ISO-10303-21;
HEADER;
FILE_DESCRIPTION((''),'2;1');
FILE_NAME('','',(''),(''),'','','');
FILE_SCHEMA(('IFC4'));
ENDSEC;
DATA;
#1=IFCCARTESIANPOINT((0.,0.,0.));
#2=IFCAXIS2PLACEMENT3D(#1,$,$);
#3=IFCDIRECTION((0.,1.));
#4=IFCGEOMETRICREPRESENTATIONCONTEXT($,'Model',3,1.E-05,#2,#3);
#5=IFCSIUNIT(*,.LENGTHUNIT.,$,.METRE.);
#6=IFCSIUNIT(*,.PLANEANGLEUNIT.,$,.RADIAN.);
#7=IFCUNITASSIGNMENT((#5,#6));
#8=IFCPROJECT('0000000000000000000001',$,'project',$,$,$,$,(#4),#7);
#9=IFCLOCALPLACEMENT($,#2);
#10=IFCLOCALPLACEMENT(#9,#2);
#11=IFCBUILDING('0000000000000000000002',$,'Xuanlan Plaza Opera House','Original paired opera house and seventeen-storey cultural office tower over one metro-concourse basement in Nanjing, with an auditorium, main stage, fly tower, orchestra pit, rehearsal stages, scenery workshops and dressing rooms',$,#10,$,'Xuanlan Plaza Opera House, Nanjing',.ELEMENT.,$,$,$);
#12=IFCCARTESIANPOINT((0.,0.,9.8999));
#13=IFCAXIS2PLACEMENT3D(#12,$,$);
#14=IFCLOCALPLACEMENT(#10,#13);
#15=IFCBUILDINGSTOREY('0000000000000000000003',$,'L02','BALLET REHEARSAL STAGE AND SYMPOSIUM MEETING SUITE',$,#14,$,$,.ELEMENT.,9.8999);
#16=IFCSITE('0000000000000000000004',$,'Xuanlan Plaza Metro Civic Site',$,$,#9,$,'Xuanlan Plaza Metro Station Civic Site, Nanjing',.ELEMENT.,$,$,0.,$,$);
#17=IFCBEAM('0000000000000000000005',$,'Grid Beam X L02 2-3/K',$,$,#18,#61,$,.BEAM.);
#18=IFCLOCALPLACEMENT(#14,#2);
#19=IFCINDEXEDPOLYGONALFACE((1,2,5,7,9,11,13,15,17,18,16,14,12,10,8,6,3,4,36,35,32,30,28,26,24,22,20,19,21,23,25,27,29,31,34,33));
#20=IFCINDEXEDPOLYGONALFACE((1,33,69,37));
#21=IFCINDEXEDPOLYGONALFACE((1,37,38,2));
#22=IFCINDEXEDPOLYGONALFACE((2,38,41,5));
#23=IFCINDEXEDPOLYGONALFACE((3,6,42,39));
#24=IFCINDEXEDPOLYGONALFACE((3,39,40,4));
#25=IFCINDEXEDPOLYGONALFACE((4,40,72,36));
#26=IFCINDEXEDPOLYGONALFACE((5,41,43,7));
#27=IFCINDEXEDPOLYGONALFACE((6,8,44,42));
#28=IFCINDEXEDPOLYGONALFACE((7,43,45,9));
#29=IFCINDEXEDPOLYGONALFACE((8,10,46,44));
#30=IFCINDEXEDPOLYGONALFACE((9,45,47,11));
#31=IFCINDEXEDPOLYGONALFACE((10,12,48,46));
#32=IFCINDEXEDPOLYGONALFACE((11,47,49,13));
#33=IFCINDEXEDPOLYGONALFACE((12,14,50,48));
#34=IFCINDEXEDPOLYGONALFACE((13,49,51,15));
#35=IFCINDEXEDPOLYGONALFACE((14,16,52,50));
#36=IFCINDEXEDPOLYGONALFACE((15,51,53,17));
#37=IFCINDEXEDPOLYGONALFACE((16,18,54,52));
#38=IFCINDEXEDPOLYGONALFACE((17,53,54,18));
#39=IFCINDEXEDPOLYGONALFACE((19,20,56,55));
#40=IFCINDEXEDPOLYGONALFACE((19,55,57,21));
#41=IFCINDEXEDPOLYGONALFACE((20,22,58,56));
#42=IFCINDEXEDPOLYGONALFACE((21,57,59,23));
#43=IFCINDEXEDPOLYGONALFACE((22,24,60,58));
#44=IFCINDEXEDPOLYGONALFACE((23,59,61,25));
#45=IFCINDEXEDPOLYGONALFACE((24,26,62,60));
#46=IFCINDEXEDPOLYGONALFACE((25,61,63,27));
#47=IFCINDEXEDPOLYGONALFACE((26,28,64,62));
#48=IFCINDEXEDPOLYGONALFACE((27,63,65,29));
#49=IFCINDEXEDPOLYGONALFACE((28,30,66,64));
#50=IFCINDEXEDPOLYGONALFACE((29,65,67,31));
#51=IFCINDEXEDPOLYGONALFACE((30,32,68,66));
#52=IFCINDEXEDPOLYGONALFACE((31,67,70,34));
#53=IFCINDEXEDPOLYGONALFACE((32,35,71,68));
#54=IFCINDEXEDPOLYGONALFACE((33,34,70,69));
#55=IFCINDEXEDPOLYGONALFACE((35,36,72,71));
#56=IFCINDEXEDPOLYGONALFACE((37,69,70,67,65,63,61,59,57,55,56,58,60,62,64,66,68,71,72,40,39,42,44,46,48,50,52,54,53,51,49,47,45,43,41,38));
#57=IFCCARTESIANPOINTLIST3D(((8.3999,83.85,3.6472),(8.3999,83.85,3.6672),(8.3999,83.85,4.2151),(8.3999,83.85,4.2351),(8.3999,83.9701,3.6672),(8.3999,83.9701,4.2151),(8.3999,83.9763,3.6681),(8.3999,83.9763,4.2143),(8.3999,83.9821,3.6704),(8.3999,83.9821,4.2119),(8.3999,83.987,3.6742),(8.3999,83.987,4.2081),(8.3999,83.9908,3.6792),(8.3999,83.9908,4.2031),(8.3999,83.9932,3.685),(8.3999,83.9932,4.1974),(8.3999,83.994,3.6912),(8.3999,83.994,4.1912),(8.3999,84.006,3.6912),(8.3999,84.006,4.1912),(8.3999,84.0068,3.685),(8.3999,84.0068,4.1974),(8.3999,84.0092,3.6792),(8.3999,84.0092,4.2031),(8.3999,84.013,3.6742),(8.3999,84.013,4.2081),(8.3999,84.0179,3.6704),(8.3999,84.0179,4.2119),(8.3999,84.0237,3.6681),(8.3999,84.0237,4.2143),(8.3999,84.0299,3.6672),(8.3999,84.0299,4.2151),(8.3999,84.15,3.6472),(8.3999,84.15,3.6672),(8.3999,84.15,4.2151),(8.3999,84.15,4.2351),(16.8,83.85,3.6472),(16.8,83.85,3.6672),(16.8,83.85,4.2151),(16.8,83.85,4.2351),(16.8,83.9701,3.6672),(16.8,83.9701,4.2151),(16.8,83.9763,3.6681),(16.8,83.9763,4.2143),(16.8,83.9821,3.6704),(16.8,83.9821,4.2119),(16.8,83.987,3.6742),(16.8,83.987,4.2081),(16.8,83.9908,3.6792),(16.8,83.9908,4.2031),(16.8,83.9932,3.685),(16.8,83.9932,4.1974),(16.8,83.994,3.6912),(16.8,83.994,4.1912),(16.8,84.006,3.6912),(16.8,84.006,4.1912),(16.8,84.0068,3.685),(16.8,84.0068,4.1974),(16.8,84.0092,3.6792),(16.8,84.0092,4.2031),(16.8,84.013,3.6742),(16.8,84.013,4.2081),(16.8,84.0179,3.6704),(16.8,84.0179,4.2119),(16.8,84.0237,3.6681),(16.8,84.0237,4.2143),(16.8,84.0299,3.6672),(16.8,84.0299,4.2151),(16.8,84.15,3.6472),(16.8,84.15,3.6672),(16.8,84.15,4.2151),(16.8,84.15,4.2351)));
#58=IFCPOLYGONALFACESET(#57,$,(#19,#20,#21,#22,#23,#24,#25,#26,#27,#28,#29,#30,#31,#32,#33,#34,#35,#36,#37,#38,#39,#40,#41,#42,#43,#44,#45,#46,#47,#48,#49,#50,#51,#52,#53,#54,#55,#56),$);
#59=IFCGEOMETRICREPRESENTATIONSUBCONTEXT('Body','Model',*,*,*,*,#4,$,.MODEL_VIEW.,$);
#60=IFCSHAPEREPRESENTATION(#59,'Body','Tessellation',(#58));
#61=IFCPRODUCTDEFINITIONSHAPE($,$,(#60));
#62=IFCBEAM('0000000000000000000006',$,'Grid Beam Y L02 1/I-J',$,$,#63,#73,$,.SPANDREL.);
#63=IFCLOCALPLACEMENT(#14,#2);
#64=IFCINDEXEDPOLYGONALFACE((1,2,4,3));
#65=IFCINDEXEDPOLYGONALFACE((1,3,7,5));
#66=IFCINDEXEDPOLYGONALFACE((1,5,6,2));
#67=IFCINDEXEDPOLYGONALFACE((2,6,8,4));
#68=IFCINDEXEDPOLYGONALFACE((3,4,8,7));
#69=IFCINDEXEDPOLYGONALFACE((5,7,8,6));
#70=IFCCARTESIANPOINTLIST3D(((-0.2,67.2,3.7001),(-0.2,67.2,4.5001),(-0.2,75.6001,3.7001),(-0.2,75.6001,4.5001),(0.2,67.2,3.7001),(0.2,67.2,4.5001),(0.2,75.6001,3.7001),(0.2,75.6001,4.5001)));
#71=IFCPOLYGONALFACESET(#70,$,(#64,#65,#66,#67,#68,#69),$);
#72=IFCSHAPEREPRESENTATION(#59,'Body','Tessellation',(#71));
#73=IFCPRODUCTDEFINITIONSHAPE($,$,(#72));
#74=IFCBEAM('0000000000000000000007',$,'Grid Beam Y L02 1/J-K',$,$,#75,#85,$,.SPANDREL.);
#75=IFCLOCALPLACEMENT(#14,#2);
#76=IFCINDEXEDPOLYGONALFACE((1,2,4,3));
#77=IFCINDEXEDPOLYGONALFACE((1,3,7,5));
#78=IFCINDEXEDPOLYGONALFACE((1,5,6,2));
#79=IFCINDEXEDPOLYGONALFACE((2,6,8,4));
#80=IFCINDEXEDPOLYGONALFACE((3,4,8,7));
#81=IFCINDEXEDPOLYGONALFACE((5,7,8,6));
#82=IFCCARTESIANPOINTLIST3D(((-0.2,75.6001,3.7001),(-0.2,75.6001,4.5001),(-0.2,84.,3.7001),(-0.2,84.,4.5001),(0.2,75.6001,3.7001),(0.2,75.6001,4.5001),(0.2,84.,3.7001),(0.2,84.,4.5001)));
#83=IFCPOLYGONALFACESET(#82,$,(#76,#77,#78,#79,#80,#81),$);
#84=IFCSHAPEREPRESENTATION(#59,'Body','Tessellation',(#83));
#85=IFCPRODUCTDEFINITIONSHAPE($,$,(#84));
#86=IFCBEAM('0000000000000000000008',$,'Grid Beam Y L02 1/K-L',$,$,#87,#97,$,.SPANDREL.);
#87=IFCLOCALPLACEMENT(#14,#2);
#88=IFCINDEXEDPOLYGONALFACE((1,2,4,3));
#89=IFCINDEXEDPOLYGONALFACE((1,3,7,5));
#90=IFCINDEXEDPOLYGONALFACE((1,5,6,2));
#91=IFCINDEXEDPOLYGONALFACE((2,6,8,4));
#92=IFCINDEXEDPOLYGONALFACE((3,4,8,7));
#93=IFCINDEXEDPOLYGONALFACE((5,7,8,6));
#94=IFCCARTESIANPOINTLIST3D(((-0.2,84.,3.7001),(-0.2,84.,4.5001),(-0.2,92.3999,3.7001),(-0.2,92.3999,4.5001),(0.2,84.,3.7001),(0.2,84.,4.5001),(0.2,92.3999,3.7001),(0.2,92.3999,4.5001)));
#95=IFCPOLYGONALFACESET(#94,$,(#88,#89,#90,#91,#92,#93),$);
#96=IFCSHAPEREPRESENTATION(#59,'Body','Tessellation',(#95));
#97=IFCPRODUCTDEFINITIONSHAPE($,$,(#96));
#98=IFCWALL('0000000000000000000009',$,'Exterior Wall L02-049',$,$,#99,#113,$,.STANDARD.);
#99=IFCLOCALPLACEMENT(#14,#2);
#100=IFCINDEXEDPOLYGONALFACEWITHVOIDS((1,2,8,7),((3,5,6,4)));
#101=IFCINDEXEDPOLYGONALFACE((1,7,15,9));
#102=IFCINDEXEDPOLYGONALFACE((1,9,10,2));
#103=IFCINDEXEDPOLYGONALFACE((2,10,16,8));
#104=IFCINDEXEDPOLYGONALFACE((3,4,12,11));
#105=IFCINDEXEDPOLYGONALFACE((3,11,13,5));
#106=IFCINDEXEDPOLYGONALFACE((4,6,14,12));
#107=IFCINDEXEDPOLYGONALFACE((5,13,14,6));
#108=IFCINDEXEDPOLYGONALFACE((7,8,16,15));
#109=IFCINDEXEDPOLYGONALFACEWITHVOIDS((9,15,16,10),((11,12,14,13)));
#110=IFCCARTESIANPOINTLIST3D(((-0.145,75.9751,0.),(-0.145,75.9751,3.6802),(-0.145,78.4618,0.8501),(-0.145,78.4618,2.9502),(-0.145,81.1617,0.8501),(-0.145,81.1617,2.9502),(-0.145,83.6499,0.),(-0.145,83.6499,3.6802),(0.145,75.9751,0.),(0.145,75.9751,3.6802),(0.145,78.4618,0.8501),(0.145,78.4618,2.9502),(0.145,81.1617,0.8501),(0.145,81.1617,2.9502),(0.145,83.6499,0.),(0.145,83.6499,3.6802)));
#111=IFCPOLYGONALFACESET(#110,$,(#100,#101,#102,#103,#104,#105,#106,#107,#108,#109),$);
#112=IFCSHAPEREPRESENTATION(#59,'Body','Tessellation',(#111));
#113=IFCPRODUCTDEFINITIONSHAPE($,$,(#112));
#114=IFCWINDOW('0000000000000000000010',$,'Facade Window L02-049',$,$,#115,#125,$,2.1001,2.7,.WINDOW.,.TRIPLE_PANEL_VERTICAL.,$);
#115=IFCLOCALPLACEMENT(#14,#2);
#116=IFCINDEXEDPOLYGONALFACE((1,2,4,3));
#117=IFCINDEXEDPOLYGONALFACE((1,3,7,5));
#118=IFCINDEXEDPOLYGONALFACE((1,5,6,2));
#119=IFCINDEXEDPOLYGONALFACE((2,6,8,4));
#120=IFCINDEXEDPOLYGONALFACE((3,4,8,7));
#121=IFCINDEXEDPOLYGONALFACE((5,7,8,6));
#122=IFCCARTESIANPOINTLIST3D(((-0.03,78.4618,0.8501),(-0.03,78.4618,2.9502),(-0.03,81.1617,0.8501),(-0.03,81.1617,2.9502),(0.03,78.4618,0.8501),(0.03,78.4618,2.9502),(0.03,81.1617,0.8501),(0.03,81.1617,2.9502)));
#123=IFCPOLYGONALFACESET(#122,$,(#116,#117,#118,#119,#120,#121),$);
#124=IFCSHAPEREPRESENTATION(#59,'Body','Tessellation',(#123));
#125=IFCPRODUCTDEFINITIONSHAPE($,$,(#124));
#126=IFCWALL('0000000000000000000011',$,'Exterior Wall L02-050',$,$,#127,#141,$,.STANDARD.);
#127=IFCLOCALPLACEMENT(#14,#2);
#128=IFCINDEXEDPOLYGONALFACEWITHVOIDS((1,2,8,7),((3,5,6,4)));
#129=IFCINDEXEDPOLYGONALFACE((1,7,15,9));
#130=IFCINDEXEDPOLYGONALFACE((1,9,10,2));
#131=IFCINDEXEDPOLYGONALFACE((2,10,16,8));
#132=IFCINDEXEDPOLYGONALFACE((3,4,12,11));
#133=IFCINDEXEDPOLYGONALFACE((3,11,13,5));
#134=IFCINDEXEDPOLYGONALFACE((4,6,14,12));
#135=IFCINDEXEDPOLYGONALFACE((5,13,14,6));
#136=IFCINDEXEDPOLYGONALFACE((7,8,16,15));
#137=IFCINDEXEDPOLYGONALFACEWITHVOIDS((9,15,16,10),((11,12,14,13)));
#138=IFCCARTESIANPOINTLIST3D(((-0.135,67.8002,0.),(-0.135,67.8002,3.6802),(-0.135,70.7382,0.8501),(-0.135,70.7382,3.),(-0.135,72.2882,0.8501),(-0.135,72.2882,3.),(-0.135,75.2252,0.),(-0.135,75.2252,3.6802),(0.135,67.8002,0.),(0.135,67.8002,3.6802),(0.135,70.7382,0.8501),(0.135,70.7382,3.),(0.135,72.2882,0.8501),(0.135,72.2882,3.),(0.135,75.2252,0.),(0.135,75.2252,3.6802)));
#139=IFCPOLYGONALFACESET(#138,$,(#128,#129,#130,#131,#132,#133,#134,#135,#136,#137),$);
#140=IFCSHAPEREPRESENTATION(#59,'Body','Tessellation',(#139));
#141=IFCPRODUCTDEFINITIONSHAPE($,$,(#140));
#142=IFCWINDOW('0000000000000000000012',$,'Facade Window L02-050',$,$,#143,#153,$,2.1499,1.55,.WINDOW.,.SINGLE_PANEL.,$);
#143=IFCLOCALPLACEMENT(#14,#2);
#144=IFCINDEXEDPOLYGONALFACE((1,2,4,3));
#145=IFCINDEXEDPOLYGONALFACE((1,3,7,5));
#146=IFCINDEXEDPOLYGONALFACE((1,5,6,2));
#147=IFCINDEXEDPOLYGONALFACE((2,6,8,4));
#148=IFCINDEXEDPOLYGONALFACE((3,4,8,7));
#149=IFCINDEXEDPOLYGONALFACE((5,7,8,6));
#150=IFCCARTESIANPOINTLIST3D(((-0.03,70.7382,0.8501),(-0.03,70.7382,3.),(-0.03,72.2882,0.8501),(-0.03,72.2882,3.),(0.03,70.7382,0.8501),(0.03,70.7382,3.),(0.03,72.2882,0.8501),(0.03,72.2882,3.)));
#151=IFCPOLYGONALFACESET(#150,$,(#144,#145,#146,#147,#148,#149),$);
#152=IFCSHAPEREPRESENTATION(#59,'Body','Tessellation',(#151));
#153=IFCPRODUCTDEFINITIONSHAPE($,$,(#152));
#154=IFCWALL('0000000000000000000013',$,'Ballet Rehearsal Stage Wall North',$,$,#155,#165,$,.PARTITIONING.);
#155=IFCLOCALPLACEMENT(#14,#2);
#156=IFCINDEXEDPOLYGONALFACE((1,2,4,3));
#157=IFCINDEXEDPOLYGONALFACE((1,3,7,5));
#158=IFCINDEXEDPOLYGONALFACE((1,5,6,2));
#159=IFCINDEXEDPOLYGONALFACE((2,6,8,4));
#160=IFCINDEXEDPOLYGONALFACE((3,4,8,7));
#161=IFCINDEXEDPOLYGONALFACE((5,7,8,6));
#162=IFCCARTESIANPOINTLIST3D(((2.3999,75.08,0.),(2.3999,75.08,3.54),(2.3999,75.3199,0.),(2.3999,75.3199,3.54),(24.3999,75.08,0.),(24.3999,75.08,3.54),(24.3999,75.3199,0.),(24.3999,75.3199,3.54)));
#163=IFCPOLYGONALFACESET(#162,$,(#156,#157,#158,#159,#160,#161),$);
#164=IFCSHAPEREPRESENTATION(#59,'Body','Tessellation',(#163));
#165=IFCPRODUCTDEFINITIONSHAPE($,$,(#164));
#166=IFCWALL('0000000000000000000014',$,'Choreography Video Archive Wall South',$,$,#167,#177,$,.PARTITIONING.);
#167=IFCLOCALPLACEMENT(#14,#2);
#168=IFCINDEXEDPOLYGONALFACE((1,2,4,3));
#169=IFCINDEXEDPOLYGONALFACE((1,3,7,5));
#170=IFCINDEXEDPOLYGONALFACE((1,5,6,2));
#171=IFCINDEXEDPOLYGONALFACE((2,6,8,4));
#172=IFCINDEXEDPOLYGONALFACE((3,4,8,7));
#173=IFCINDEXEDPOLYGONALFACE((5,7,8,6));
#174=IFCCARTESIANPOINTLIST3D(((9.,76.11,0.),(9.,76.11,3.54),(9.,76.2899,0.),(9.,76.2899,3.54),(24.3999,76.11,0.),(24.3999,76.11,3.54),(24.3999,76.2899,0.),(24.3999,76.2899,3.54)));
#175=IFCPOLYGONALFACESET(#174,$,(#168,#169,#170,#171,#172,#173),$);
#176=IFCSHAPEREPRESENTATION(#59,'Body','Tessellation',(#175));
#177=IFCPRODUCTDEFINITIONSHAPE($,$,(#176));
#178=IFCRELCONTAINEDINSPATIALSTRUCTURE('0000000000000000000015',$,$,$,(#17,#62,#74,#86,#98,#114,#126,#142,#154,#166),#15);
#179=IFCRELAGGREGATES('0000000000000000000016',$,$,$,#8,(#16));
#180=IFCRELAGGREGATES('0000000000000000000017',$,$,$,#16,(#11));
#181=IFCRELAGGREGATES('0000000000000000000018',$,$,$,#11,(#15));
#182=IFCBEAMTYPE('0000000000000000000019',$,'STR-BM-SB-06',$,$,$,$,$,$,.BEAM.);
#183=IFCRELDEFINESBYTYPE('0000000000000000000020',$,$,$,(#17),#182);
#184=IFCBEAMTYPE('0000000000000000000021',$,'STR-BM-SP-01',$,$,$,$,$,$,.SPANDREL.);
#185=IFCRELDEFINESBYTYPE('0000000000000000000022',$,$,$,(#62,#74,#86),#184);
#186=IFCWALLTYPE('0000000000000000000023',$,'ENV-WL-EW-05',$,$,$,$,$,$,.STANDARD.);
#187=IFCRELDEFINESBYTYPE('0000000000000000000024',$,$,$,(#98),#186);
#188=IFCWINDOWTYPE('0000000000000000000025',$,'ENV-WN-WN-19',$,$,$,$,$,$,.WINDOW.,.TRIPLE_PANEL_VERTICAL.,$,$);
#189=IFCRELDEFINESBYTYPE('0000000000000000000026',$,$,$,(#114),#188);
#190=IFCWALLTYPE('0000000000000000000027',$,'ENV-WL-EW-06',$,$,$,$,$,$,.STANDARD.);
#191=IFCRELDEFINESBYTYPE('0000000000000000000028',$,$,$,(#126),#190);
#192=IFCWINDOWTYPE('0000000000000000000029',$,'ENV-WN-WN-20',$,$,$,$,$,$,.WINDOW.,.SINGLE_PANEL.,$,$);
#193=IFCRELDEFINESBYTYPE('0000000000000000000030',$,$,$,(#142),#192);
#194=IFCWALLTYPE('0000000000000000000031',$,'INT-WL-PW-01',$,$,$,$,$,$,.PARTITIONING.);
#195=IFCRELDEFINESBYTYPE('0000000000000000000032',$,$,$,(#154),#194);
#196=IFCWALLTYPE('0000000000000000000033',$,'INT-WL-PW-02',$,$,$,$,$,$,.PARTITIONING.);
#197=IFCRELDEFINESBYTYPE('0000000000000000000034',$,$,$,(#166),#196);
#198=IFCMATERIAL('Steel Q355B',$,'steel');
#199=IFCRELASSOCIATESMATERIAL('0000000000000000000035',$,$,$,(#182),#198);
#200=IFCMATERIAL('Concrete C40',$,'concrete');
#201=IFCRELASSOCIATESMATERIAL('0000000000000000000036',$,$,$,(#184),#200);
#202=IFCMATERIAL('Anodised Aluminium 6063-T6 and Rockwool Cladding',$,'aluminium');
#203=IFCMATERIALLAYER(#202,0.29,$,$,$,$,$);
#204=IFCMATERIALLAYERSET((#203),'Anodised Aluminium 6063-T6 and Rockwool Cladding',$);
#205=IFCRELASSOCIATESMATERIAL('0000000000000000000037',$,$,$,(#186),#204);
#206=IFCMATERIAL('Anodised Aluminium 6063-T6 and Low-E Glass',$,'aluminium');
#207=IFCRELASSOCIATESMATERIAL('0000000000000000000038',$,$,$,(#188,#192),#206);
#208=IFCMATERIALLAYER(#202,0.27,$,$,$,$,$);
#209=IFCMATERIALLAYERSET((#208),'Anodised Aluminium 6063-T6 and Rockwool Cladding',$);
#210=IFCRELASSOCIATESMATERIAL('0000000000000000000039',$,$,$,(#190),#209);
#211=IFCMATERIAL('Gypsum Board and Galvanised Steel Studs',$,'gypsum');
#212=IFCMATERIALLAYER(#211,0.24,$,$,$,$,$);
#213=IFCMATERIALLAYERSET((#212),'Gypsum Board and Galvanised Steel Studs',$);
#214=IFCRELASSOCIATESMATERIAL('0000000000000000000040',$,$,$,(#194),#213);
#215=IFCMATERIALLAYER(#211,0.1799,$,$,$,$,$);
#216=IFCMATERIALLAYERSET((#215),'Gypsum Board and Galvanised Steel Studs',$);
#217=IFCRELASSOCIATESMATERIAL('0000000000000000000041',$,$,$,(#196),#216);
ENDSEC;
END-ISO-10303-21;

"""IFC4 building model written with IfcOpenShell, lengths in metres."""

from ifc_helpers import new_model, si_unit, direction, frame, frame_2d, origin, origin_2d, place, context, subcontext, project, spatial, rectangle, i_section, extrude, material, layer, layer_set, material_profile, profile_set, type_object, element, fill, save


model = new_model("IFC4")

# Units and contexts
model_context = context("Model", 3, precision=1e-05, world=origin(), true_north=direction((0.0, 1.0)))
body_context = subcontext(model_context, "Body", "Model", "MODEL_VIEW")
ifc_project = project(units=[si_unit("LENGTHUNIT", "METRE"), si_unit("PLANEANGLEUNIT", "RADIAN")], contexts=[model_context])

# Site, building, storey
site_placement = place(None, origin())
site = spatial("IfcSite", under=ifc_project, at=site_placement, Name="Xuanlan Plaza Metro Civic Site", LongName="Xuanlan Plaza Metro Station Civic Site, Nanjing", CompositionType="ELEMENT", RefElevation=0.0)
building_placement = place(site_placement, origin())
building = spatial("IfcBuilding", under=site, at=building_placement, Name="Xuanlan Plaza Opera House", Description="Original paired opera house and seventeen-storey cultural office tower over one metro-concourse basement in Nanjing, with an auditorium, main stage, fly tower, orchestra pit, rehearsal stages, scenery workshops and dressing rooms", LongName="Xuanlan Plaza Opera House, Nanjing", CompositionType="ELEMENT")
storey_placement = place(building_placement, frame((0.0, 0.0, 9.8999)))
storey = spatial("IfcBuildingStorey", under=building, at=storey_placement, Name="L02", Description="BALLET REHEARSAL STAGE AND SYMPOSIUM MEETING SUITE", CompositionType="ELEMENT", Elevation=9.8999)

# Shared definitions
ifc_material_1 = material(Name="Concrete C40", Category="concrete")

# Shared definitions
ifc_material_2 = material(Name="Anodised Aluminium 6063-T6 and Low-E Glass", Category="aluminium")

# Beams
ifc_material_3 = material(Name="Steel Q355B", Category="steel")
ifc_material_profile_1 = material_profile(ifc_material_3, i_section(OverallWidth=0.3, OverallDepth=0.5879, WebThickness=0.012, FlangeThickness=0.02, FilletRadius=0.0239, at=origin_2d()), Name="HM 588x300x12x20")
ifc_profile_set_1 = profile_set([ifc_material_profile_1], Name="Steel Q355B")
beam_type_1 = type_object("IfcBeamType", Name="STR-BM-SB-06", PredefinedType="BEAM", material=ifc_profile_set_1)
beam_1_placement = place(storey_placement, frame((8.3999, 84.0, 3.9412), z_axis=(1.0, 0.0, 0.0), x_axis=(0.0, 1.0, 0.0)))
element("IfcBeam", 1, at=beam_1_placement, inside=storey, type_object=beam_type_1, Name="Grid Beam X L02 2-3/K", PredefinedType="BEAM", context=body_context, shape_type="SweptSolid", body=[
    extrude(i_section(OverallWidth=0.3, OverallDepth=0.5879, WebThickness=0.012, FlangeThickness=0.02, FilletRadius=0.0239, at=origin_2d()), origin(), (0.0, 0.0, 1.0), 8.4001),
])
ifc_material_profile_2 = material_profile(ifc_material_1, rectangle(XDim=0.3999, YDim=0.8, at=origin_2d()), Name="RC-SPD 400x800")
ifc_profile_set_2 = profile_set([ifc_material_profile_2], Name="Concrete C40")
beam_type_2 = type_object("IfcBeamType", Name="STR-BM-SP-01", PredefinedType="SPANDREL", material=ifc_profile_set_2)
beam_2_placement = place(storey_placement, frame((0.0, 67.2, 4.1001), z_axis=(0.0, 1.0, 0.0), x_axis=(-1.0, 0.0, 0.0)))
element("IfcBeam", 2, at=beam_2_placement, inside=storey, type_object=beam_type_2, Name="Grid Beam Y L02 1/I-J", PredefinedType="SPANDREL", context=body_context, shape_type="SweptSolid", body=[
    extrude(rectangle(XDim=0.3999, YDim=0.8, at=origin_2d()), origin(), (0.0, 0.0, 1.0), 8.4001),
])
for number, where, z_axis, x_axis, name in (
    (3, (0.0, 75.6001, 4.1001), (0.0, 1.0, 0.0), (-1.0, 0.0, 0.0), "Grid Beam Y L02 1/J-K"),
    (4, (0.0, 84.0, 4.1001), (0.0, 1.0, 0.0), (-1.0, 0.0, 0.0), "Grid Beam Y L02 1/K-L"),
):
    element("IfcBeam", number, at=place(storey_placement, frame(where, z_axis=z_axis, x_axis=x_axis)), inside=storey, type_object=beam_type_2, Name=name, PredefinedType="SPANDREL", context=body_context, shape_type="SweptSolid", body=[
        extrude(rectangle(XDim=0.3999, YDim=0.8, at=origin_2d()), origin(), (0.0, 0.0, 1.0), 8.3999),
    ])

# Walls, openings, windows
ifc_material_4 = material(Name="Anodised Aluminium 6063-T6 and Rockwool Cladding", Category="aluminium")
ifc_layer_1 = layer(ifc_material_4, 0.29)
ifc_layer_set_1 = layer_set([ifc_layer_1], Name="Anodised Aluminium 6063-T6 and Rockwool Cladding")
wall_type_1 = type_object("IfcWallType", Name="ENV-WL-EW-05", PredefinedType="STANDARD", material=ifc_layer_set_1)
wall_1_placement = place(storey_placement, frame((0.0, 83.6499, 0.0), z_axis=(0.0, 0.0, 1.0), x_axis=(0.0, -1.0, 0.0)))
wall_1 = element("IfcWall", 5, at=wall_1_placement, inside=storey, type_object=wall_type_1, Name="Exterior Wall L02-049", PredefinedType="STANDARD", context=body_context, shape_type="SweptSolid", body=[
    extrude(rectangle(XDim=7.6748, YDim=0.29, at=frame_2d((3.8374, 0.0))), origin(), (0.0, 0.0, 1.0), 3.6802),
])
opening_1_placement = place(wall_1_placement, frame((2.488, 0.0, 0.8501)))
opening_1 = element("IfcOpeningElement", 6, at=opening_1_placement, cuts=wall_1, PredefinedType="OPENING", context=body_context, shape_type="SweptSolid", body=[
    extrude(rectangle(XDim=2.7, YDim=2.1001, at=frame_2d((1.3501, 1.05))), frame((0.0, 0.155, 0.0), z_axis=(0.0, -1.0, 0.0), x_axis=(1.0, 0.0, 0.0)), (0.0, 0.0, 1.0), 0.3101),
])
window_type_1 = type_object("IfcWindowType", Name="ENV-WN-WN-19", PartitioningType="TRIPLE_PANEL_VERTICAL", PredefinedType="WINDOW", material=ifc_material_2)
window_1_placement = place(opening_1_placement, origin())
window_1 = element("IfcWindow", 7, at=window_1_placement, inside=storey, type_object=window_type_1, Name="Facade Window L02-049", OverallHeight=2.1001, OverallWidth=2.7, PartitioningType="TRIPLE_PANEL_VERTICAL", PredefinedType="WINDOW", context=body_context, shape_type="SweptSolid", body=[
    extrude(rectangle(XDim=2.7, YDim=2.1001, at=frame_2d((1.3501, 1.05))), frame((0.0, 0.03, 0.0), z_axis=(0.0, -1.0, 0.0), x_axis=(1.0, 0.0, 0.0)), (0.0, 0.0, 1.0), 0.0601),
])
fill(opening_1, window_1)
ifc_layer_2 = layer(ifc_material_4, 0.27)
ifc_layer_set_2 = layer_set([ifc_layer_2], Name="Anodised Aluminium 6063-T6 and Rockwool Cladding")
wall_type_2 = type_object("IfcWallType", Name="ENV-WL-EW-06", PredefinedType="STANDARD", material=ifc_layer_set_2)
wall_2_placement = place(storey_placement, frame((0.0, 75.2251, 0.0), z_axis=(0.0, 0.0, 1.0), x_axis=(0.0, -1.0, 0.0)))
wall_2 = element("IfcWall", 8, at=wall_2_placement, inside=storey, type_object=wall_type_2, Name="Exterior Wall L02-050", PredefinedType="STANDARD", context=body_context, shape_type="SweptSolid", body=[
    extrude(rectangle(XDim=7.425, YDim=0.27, at=frame_2d((3.7124, 0.0))), origin(), (0.0, 0.0, 1.0), 3.6802),
])
opening_2_placement = place(wall_2_placement, frame((2.937, 0.0, 0.8501)))
opening_2 = element("IfcOpeningElement", 9, at=opening_2_placement, cuts=wall_2, PredefinedType="OPENING", context=body_context, shape_type="SweptSolid", body=[
    extrude(rectangle(XDim=1.55, YDim=2.1499, at=frame_2d((0.7749, 1.075))), frame((0.0, 0.145, 0.0), z_axis=(0.0, -1.0, 0.0), x_axis=(1.0, 0.0, 0.0)), (0.0, 0.0, 1.0), 0.29),
])
window_type_2 = type_object("IfcWindowType", Name="ENV-WN-WN-20", PartitioningType="SINGLE_PANEL", PredefinedType="WINDOW", material=ifc_material_2)
window_2_placement = place(opening_2_placement, origin())
window_2 = element("IfcWindow", 10, at=window_2_placement, inside=storey, type_object=window_type_2, Name="Facade Window L02-050", OverallHeight=2.1499, OverallWidth=1.55, PartitioningType="SINGLE_PANEL", PredefinedType="WINDOW", context=body_context, shape_type="SweptSolid", body=[
    extrude(rectangle(XDim=1.55, YDim=2.1499, at=frame_2d((0.7749, 1.075))), frame((0.0, 0.03, 0.0), z_axis=(0.0, -1.0, 0.0), x_axis=(1.0, 0.0, 0.0)), (0.0, 0.0, 1.0), 0.0601),
])
fill(opening_2, window_2)

# Walls
ifc_material_5 = material(Name="Gypsum Board and Galvanised Steel Studs", Category="gypsum")
ifc_layer_3 = layer(ifc_material_5, 0.24)
ifc_layer_set_3 = layer_set([ifc_layer_3], Name="Gypsum Board and Galvanised Steel Studs")
wall_type_3 = type_object("IfcWallType", Name="INT-WL-PW-01", PredefinedType="PARTITIONING", material=ifc_layer_set_3)
wall_3_placement = place(storey_placement, frame((2.3999, 75.2, 0.0), z_axis=(0.0, 0.0, 1.0), x_axis=(1.0, 0.0, 0.0)))
element("IfcWall", 11, at=wall_3_placement, inside=storey, type_object=wall_type_3, Name="Ballet Rehearsal Stage Wall North", PredefinedType="PARTITIONING", context=body_context, shape_type="SweptSolid", body=[
    extrude(rectangle(XDim=22.0, YDim=0.24, at=frame_2d((11.0, 0.0))), origin(), (0.0, 0.0, 1.0), 3.54),
])
ifc_layer_4 = layer(ifc_material_5, 0.1799)
ifc_layer_set_4 = layer_set([ifc_layer_4], Name="Gypsum Board and Galvanised Steel Studs")
wall_type_4 = type_object("IfcWallType", Name="INT-WL-PW-02", PredefinedType="PARTITIONING", material=ifc_layer_set_4)
wall_4_placement = place(storey_placement, frame((9.0, 76.2, 0.0), z_axis=(0.0, 0.0, 1.0), x_axis=(1.0, 0.0, 0.0)))
element("IfcWall", 12, at=wall_4_placement, inside=storey, type_object=wall_type_4, Name="Choreography Video Archive Wall South", PredefinedType="PARTITIONING", context=body_context, shape_type="SweptSolid", body=[
    extrude(rectangle(XDim=15.3999, YDim=0.1799, at=frame_2d((7.7, 0.0))), origin(), (0.0, 0.0, 1.0), 3.54),
])

save(model, "model.ifc")
